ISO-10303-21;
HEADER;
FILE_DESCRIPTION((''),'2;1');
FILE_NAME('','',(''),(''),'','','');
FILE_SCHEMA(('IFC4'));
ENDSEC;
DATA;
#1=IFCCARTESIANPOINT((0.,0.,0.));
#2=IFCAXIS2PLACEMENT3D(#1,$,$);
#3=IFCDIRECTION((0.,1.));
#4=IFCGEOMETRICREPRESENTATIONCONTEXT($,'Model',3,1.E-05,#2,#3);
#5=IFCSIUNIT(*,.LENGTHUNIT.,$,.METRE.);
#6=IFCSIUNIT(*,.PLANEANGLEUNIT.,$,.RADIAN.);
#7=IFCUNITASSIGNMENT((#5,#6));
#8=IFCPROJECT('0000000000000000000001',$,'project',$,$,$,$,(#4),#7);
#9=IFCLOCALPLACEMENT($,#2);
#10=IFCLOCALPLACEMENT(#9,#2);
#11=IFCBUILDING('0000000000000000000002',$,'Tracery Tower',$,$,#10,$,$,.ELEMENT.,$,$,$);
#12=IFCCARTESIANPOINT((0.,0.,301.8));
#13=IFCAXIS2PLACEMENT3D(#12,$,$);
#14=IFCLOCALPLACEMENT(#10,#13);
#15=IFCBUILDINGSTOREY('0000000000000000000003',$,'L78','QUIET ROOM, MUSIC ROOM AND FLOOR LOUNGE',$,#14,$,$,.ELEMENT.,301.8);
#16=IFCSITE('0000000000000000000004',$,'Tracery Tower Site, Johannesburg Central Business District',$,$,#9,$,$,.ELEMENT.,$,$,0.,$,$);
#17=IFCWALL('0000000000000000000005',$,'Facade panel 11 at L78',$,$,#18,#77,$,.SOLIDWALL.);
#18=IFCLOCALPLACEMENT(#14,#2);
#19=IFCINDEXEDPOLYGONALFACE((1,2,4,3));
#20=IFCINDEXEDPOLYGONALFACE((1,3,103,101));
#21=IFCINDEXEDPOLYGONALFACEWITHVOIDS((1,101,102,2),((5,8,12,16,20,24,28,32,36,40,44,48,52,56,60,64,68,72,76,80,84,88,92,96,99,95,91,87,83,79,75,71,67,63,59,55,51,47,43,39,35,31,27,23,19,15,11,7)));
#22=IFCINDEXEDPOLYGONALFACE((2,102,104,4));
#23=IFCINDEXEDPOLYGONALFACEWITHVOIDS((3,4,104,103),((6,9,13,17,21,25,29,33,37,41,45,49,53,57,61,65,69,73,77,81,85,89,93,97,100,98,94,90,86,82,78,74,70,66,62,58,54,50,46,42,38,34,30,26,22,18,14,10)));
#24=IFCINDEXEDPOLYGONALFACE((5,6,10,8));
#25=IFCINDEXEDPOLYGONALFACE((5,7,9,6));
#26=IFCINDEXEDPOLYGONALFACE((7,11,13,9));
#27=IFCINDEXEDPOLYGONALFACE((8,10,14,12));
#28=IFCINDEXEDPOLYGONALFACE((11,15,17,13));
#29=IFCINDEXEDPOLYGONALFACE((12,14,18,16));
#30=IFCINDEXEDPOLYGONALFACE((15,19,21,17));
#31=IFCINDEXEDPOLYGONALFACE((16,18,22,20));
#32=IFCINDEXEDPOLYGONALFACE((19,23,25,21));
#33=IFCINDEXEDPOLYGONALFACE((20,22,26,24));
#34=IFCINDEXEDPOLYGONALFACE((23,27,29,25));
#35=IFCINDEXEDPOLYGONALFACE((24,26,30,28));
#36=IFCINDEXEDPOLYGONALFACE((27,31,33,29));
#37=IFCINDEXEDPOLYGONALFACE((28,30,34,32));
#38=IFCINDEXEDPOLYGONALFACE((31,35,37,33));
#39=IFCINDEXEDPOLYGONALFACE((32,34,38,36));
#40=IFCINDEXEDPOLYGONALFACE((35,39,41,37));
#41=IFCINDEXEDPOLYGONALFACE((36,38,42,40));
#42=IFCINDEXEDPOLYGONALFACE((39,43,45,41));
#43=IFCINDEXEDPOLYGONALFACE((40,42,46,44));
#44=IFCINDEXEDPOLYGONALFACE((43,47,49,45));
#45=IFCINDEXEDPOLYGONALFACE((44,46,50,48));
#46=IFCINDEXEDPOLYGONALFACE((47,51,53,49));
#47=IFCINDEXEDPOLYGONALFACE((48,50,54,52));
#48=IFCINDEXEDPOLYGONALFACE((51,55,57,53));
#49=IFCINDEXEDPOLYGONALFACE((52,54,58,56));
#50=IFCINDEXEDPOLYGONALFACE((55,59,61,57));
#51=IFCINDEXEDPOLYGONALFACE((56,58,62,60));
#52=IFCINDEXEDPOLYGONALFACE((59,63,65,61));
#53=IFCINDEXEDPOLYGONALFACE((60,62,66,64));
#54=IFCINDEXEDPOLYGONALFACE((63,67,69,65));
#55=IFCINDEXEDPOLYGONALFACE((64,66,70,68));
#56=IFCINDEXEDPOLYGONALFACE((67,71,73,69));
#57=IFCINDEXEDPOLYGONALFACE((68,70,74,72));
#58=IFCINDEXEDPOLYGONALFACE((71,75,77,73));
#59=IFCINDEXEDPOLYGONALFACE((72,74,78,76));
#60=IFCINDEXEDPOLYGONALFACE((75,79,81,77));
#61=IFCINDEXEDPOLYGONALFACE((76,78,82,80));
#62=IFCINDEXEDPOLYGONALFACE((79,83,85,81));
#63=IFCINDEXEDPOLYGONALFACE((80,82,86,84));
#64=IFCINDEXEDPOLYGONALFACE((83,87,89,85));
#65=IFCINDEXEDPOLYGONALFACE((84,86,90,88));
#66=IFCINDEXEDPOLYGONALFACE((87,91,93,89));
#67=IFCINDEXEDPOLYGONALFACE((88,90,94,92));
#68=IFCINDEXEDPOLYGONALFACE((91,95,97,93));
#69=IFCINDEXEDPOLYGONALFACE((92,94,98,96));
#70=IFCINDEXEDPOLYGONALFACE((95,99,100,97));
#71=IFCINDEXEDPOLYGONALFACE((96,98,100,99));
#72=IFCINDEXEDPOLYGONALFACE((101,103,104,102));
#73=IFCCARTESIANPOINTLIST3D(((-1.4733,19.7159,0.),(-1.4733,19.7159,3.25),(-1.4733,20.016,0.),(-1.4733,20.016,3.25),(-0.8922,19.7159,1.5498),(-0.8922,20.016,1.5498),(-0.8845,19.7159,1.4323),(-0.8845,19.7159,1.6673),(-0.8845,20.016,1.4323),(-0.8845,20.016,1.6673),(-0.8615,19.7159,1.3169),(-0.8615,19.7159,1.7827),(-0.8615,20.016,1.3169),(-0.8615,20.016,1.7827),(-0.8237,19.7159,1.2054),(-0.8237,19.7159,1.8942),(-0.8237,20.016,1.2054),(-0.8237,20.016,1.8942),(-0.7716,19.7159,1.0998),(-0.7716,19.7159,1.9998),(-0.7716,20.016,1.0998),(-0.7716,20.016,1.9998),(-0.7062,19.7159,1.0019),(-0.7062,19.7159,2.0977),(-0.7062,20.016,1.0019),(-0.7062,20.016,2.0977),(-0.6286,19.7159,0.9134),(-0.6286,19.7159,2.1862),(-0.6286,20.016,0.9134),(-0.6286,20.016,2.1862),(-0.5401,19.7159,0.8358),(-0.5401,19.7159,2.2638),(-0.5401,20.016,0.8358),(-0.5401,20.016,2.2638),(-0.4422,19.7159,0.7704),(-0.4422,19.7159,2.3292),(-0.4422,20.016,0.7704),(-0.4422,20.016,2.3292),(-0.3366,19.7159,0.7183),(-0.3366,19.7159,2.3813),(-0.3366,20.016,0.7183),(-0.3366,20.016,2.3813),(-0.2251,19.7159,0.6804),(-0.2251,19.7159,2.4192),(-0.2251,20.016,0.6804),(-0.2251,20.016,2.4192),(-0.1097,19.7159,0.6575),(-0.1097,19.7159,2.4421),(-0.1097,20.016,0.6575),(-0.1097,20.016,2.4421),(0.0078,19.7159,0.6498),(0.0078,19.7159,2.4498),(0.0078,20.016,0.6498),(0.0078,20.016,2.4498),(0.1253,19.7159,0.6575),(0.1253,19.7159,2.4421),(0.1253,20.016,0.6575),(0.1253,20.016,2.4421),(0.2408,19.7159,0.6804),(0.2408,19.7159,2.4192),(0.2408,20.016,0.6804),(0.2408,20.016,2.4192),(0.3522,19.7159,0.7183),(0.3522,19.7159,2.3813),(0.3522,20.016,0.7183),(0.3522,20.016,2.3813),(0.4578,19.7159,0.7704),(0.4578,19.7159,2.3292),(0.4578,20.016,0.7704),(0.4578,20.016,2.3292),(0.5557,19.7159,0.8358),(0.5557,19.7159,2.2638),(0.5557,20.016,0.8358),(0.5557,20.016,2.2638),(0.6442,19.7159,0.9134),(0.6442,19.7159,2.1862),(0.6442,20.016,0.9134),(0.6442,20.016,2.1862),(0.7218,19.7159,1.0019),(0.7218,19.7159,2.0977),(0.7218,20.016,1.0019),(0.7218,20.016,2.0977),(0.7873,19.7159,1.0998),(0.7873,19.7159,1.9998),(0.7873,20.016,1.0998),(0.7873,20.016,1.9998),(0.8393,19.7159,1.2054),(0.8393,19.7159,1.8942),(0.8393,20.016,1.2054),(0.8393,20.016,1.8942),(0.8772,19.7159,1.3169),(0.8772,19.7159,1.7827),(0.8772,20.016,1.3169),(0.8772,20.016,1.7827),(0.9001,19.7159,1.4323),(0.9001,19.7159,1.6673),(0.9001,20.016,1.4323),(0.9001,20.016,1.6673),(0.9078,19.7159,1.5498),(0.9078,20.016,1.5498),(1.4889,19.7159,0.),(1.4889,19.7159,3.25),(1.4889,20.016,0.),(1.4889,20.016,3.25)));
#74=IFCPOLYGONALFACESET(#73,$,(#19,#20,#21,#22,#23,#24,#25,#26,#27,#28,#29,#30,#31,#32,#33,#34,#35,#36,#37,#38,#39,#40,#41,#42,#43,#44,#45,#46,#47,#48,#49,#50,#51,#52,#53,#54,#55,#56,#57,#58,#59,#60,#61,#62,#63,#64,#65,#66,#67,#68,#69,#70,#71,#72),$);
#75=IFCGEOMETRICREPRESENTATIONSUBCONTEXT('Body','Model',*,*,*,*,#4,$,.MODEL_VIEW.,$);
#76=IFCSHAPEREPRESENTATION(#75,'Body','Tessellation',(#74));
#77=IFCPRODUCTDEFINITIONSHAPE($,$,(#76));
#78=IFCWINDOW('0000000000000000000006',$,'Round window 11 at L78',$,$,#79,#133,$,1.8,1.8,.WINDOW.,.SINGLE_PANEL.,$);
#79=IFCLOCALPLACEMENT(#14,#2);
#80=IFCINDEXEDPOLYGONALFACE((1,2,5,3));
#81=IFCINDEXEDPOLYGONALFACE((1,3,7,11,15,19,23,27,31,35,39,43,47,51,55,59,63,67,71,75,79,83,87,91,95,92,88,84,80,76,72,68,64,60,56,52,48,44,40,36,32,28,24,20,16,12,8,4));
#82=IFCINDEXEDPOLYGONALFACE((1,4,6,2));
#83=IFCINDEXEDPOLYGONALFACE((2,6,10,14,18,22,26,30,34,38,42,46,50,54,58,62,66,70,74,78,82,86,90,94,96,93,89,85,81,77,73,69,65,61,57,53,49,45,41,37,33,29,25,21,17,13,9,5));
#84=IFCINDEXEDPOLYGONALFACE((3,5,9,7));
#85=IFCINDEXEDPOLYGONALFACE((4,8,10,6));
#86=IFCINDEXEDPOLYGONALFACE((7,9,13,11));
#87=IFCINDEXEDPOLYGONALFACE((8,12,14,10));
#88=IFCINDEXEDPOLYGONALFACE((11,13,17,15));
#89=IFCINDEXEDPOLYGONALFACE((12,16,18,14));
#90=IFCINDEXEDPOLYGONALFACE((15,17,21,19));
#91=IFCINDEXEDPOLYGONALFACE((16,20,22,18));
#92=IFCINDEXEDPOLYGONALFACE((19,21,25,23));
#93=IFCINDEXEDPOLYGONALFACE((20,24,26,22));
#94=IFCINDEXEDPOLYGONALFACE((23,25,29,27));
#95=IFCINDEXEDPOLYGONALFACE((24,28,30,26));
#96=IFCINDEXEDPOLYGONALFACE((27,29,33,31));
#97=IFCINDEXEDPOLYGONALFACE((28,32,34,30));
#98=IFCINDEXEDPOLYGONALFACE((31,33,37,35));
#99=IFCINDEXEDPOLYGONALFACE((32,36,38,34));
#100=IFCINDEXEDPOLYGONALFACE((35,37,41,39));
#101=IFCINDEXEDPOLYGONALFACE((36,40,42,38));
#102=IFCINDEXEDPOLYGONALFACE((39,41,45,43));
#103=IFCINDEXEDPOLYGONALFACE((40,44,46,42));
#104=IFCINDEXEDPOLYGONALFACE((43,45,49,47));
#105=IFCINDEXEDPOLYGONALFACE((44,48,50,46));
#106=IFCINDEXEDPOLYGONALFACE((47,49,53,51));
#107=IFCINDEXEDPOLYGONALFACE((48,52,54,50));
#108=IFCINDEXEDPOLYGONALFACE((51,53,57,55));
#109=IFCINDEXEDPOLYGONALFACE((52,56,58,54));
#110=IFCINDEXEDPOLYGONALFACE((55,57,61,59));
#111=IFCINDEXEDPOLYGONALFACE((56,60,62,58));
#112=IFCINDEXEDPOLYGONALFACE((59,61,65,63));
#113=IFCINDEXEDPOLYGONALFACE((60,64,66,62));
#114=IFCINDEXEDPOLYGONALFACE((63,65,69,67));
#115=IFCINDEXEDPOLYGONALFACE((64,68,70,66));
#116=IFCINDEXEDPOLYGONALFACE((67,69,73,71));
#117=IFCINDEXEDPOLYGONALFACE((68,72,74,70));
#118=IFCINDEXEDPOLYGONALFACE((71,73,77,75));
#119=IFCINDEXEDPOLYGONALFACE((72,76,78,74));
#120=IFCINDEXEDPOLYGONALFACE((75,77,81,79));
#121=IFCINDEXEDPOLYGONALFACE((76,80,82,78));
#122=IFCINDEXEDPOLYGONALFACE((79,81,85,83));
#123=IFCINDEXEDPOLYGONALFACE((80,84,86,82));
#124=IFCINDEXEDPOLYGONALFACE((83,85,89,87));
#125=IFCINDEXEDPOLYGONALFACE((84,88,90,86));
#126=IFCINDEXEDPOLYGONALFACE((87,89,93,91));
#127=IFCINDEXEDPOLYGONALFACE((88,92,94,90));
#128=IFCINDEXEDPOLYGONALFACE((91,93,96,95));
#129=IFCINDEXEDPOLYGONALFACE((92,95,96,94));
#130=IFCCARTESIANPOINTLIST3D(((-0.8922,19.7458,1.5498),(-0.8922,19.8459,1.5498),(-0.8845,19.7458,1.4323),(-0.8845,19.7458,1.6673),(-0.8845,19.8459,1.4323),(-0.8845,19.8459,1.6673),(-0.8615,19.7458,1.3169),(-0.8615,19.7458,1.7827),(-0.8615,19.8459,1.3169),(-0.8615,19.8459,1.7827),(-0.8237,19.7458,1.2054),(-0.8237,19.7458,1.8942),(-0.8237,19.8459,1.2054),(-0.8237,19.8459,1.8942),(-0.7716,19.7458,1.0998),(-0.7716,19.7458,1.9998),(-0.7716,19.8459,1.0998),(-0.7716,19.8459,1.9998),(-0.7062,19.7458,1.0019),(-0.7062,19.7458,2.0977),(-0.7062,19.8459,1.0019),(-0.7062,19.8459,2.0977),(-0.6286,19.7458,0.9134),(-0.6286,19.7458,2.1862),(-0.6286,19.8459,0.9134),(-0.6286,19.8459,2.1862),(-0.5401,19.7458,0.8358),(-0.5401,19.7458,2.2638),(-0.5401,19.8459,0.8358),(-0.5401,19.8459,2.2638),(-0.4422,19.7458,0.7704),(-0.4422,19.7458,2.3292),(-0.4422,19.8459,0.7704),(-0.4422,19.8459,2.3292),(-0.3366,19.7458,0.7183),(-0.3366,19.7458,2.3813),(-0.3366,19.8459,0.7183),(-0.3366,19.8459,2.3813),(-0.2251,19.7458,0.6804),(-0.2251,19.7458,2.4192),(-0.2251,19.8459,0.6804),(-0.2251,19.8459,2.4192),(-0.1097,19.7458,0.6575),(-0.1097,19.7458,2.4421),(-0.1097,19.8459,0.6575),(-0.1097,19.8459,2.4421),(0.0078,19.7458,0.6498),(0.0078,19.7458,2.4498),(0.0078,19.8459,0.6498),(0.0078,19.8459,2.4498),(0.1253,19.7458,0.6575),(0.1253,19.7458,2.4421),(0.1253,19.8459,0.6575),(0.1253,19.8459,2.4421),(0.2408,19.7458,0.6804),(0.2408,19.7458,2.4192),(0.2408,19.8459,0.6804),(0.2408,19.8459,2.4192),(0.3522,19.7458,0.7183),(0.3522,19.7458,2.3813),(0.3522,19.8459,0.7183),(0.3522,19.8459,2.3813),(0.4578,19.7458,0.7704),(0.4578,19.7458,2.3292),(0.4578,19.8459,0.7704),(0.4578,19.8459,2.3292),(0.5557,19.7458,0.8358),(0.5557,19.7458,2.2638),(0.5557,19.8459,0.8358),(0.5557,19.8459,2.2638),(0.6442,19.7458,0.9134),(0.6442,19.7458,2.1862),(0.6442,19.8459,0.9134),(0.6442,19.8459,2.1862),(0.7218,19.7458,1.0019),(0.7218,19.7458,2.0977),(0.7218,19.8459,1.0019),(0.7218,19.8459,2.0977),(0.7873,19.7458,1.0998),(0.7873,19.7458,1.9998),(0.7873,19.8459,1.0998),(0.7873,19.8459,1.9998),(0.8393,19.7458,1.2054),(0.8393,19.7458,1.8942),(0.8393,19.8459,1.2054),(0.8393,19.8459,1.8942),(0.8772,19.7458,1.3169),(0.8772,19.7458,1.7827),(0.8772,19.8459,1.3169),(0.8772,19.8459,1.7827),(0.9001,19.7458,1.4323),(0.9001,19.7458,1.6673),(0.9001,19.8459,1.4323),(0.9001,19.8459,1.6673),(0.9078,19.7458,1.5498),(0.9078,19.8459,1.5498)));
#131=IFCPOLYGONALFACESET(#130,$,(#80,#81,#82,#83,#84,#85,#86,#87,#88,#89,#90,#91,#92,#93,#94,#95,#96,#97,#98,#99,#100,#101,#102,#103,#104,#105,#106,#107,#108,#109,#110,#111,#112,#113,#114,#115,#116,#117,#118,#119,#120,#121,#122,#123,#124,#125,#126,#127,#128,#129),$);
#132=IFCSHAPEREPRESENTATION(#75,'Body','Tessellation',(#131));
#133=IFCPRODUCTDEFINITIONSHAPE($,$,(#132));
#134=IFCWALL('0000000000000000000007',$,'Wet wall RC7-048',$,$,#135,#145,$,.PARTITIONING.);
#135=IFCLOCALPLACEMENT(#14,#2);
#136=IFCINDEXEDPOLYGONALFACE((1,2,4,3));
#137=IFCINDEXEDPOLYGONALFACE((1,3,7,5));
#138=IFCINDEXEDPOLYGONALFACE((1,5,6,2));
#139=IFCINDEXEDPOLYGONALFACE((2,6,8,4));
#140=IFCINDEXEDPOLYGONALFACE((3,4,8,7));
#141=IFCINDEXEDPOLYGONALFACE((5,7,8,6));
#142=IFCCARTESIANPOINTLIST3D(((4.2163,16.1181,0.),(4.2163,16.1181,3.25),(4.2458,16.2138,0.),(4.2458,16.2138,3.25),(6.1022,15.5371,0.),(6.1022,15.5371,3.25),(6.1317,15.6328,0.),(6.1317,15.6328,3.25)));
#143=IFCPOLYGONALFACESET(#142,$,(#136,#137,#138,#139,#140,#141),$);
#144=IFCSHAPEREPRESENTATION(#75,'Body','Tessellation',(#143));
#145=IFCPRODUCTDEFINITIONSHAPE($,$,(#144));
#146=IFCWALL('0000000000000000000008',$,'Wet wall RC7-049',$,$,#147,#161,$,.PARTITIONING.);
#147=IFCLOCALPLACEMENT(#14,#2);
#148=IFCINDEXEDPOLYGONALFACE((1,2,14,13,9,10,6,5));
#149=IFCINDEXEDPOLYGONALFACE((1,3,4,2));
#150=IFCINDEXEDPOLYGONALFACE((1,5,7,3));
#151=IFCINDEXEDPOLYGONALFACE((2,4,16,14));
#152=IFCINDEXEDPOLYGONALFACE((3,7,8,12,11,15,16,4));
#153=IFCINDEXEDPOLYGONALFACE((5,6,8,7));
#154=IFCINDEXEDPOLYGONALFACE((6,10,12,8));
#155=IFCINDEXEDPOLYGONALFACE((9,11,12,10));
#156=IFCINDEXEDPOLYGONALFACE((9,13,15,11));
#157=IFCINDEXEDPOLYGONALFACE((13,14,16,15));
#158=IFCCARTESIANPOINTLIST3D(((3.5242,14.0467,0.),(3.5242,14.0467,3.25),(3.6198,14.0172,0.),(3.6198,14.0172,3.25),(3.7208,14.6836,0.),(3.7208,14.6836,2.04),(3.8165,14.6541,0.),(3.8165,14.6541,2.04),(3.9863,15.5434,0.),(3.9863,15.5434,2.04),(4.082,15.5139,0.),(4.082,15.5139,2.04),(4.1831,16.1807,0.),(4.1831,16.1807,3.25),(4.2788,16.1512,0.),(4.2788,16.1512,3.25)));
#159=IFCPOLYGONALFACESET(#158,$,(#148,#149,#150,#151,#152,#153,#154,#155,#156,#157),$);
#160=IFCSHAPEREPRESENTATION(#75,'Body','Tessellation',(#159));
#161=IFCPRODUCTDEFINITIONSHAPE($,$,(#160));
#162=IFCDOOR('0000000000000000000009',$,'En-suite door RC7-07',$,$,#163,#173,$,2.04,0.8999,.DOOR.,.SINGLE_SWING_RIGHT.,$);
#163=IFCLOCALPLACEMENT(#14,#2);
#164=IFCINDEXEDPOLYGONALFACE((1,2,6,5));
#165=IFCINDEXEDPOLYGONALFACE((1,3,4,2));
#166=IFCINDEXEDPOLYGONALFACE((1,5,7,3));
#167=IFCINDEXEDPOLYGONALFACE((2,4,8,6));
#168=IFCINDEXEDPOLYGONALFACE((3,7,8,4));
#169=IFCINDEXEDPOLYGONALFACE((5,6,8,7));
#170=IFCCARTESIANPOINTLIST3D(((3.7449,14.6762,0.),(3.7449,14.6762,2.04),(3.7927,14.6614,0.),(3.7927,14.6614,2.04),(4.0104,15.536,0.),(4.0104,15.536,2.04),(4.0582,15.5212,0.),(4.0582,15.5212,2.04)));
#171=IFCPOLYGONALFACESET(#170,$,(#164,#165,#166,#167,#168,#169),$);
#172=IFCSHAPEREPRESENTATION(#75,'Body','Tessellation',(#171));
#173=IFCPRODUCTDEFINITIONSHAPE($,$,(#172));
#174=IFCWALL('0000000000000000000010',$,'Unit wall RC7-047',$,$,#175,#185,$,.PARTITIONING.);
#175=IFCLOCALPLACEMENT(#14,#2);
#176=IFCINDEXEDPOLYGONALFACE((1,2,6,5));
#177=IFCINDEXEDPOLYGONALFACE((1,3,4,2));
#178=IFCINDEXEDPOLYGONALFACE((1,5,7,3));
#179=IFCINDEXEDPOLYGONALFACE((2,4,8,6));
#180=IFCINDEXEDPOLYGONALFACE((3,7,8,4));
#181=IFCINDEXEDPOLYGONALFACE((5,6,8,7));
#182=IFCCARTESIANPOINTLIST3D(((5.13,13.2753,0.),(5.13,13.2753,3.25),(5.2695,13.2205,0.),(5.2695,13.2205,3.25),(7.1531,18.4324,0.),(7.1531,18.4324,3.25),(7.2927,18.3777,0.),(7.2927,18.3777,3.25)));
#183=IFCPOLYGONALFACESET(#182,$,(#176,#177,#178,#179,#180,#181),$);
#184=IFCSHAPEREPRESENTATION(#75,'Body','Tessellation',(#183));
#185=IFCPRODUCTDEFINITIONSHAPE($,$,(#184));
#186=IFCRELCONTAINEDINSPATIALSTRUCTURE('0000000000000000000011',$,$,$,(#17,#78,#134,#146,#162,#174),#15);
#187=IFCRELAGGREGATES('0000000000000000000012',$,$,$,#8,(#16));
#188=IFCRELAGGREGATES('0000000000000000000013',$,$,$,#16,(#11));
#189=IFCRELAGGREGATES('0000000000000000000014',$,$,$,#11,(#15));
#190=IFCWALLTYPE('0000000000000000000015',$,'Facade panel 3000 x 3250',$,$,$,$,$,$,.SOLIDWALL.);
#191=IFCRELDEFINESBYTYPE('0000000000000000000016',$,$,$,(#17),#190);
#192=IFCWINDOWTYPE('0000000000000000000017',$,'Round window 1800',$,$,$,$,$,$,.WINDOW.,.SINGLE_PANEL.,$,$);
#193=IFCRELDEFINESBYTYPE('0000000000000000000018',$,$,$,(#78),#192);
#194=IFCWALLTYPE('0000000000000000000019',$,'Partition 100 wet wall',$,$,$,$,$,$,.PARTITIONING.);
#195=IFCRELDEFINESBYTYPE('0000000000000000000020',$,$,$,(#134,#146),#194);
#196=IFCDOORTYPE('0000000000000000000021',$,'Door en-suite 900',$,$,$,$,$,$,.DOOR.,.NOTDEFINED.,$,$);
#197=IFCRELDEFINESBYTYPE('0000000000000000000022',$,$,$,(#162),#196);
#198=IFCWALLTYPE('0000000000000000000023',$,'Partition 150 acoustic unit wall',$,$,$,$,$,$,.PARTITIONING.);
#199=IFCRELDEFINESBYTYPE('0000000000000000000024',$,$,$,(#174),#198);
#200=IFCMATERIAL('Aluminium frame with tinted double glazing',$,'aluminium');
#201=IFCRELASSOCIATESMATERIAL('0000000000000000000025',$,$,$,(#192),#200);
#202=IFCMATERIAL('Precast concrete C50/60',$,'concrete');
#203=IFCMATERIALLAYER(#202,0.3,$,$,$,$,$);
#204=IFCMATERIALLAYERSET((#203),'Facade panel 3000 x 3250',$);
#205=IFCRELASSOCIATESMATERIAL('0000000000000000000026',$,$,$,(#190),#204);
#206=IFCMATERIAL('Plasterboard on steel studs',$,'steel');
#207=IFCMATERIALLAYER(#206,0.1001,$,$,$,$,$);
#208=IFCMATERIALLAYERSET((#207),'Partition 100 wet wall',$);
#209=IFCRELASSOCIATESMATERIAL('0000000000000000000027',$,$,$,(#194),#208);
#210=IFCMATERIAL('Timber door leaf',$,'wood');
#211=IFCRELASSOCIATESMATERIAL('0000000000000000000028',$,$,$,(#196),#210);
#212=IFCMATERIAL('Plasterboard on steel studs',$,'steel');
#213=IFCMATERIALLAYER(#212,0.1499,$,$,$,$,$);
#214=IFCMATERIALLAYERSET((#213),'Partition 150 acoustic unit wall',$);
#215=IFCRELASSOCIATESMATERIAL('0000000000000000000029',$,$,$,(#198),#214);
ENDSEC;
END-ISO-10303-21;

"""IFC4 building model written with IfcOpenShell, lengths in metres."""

from ifc_helpers import new_model, si_unit, direction, frame, frame_2d, origin, origin_2d, place, context, subcontext, project, spatial, rectangle, circle, extrude, material, layer, layer_set, type_object, element, fill, save


model = new_model("IFC4")

# Units and contexts
model_context = context("Model", 3, precision=1e-05, world=origin(), true_north=direction((0.0, 1.0)))
body_context = subcontext(model_context, "Body", "Model", "MODEL_VIEW")
ifc_project = project(units=[si_unit("LENGTHUNIT", "METRE"), si_unit("PLANEANGLEUNIT", "RADIAN")], contexts=[model_context])

# Site, building, storey
site_placement = place(None, origin())
site = spatial("IfcSite", under=ifc_project, at=site_placement, Name="Tracery Tower Site, Johannesburg Central Business District", CompositionType="ELEMENT", RefElevation=0.0)
building_placement = place(site_placement, origin())
building = spatial("IfcBuilding", under=site, at=building_placement, Name="Tracery Tower", CompositionType="ELEMENT")
storey_placement = place(building_placement, frame((0.0, 0.0, 301.8)))
storey = spatial("IfcBuildingStorey", under=building, at=storey_placement, Name="L78", Description="QUIET ROOM, MUSIC ROOM AND FLOOR LOUNGE", CompositionType="ELEMENT", Elevation=301.8)

# Wall, opening, window
ifc_material_1 = material(Name="Aluminium frame with tinted double glazing", Category="aluminium")
window_type = type_object("IfcWindowType", Name="Round window 1800", PartitioningType="SINGLE_PANEL", PredefinedType="WINDOW", material=ifc_material_1)
ifc_material_2 = material(Name="Precast concrete C50/60", Category="concrete")
ifc_layer_1 = layer(ifc_material_2, 0.3)
ifc_layer_set_1 = layer_set([ifc_layer_1], Name="Facade panel 3000 x 3250")
wall_type_1 = type_object("IfcWallType", Name="Facade panel 3000 x 3250", PredefinedType="SOLIDWALL", material=ifc_layer_set_1)
wall_1_placement = place(storey_placement, frame((1.4888, 19.866, 0.0), z_axis=(0.0, 0.0, 1.0), x_axis=(-1.0, 0.0, 0.0)))
wall_1 = element("IfcWall", 1, at=wall_1_placement, inside=storey, type_object=wall_type_1, Name="Facade panel 11 at L78", PredefinedType="SOLIDWALL", context=body_context, shape_type="SweptSolid", body=[
    extrude(rectangle(XDim=2.9622, YDim=0.3, at=frame_2d((1.481, 0.0))), origin(), (0.0, 0.0, 1.0), 3.25),
])
opening_1_placement = place(wall_1_placement, frame((1.481, 0.0, 1.5498)))
opening_1 = element("IfcOpeningElement", 2, at=opening_1_placement, cuts=wall_1, PredefinedType="OPENING", context=body_context, shape_type="SweptSolid", body=[
    extrude(circle(Radius=0.9, at=origin_2d()), frame((0.0, 0.1599, 0.0), z_axis=(0.0, -1.0, 0.0), x_axis=(1.0, 0.0, 0.0)), (0.0, 0.0, 1.0), 0.3201),
])
window_1_placement = place(opening_1_placement, origin())
window_1 = element("IfcWindow", 3, at=window_1_placement, inside=storey, type_object=window_type, Name="Round window 11 at L78", OverallHeight=1.8, OverallWidth=1.8, PartitioningType="SINGLE_PANEL", PredefinedType="WINDOW", context=body_context, shape_type="SweptSolid", body=[
    extrude(circle(Radius=0.9, at=origin_2d()), frame((0.0, 0.1201, 0.0), z_axis=(0.0, -1.0, 0.0), x_axis=(1.0, 0.0, 0.0)), (0.0, 0.0, 1.0), 0.1001),
])
fill(opening_1, window_1)

# Wall
ifc_material_3 = material(Name="Plasterboard on steel studs", Category="steel")
ifc_layer_2 = layer(ifc_material_3, 0.1001)
ifc_layer_set_2 = layer_set([ifc_layer_2], Name="Partition 100 wet wall")
wall_type_2 = type_object("IfcWallType", Name="Partition 100 wet wall", PredefinedType="PARTITIONING", material=ifc_layer_set_2)
wall_2_placement = place(storey_placement, frame((4.231, 16.166, 0.0), z_axis=(0.0, 0.0, 1.0), x_axis=(0.955672, -0.294434, 0.0)))
element("IfcWall", 4, at=wall_2_placement, inside=storey, type_object=wall_type_2, Name="Wet wall RC7-048", PredefinedType="PARTITIONING", context=body_context, shape_type="SweptSolid", body=[
    extrude(rectangle(XDim=1.9734, YDim=0.1001, at=frame_2d((0.9868, 0.0))), origin(), (0.0, 0.0, 1.0), 3.25),
])

# Wall, opening, door
wall_3_placement = place(storey_placement, frame((3.572, 14.032, 0.0), z_axis=(0.0, 0.0, 1.0), x_axis=(0.295031, 0.955488, 0.0)))
wall_3 = element("IfcWall", 5, at=wall_3_placement, inside=storey, type_object=wall_type_2, Name="Wet wall RC7-049", PredefinedType="PARTITIONING", context=body_context, shape_type="SweptSolid", body=[
    extrude(rectangle(XDim=2.2334, YDim=0.1001, at=frame_2d((1.1167, 0.0))), origin(), (0.0, 0.0, 1.0), 3.25),
])
opening_2_placement = place(wall_3_placement, frame((0.6665, 0.0, 0.0)))
opening_2 = element("IfcOpeningElement", 6, at=opening_2_placement, cuts=wall_3, PredefinedType="OPENING", context=body_context, shape_type="SweptSolid", body=[
    extrude(rectangle(XDim=0.8999, YDim=2.04, at=frame_2d((0.45, 1.02))), frame((0.0, 0.05, 0.0), z_axis=(0.0, -1.0, 0.0), x_axis=(1.0, 0.0, 0.0)), (0.0, 0.0, 1.0), 0.1001),
])
ifc_material_4 = material(Name="Timber door leaf", Category="wood")
door_type_1 = type_object("IfcDoorType", Name="Door en-suite 900", OperationType="NOTDEFINED", PredefinedType="DOOR", material=ifc_material_4)
door_1_placement = place(opening_2_placement, origin())
door_1 = element("IfcDoor", 7, at=door_1_placement, inside=storey, type_object=door_type_1, Name="En-suite door RC7-07", OperationType="SINGLE_SWING_RIGHT", OverallHeight=2.04, OverallWidth=0.8999, PredefinedType="DOOR", context=body_context, shape_type="SweptSolid", body=[
    extrude(rectangle(XDim=0.8999, YDim=2.04, at=frame_2d((0.45, 1.02))), frame((0.0, 0.0249, 0.0), z_axis=(0.0, -1.0, 0.0), x_axis=(1.0, 0.0, 0.0)), (0.0, 0.0, 1.0), 0.05),
])
fill(opening_2, door_1)

# Wall
ifc_material_5 = material(Name="Plasterboard on steel studs", Category="steel")
ifc_layer_3 = layer(ifc_material_5, 0.1499)
ifc_layer_set_3 = layer_set([ifc_layer_3], Name="Partition 150 acoustic unit wall")
wall_type_3 = type_object("IfcWallType", Name="Partition 150 acoustic unit wall", PredefinedType="PARTITIONING", material=ifc_layer_set_3)
wall_4_placement = place(storey_placement, frame((5.1997, 13.2478, 0.0), z_axis=(0.0, 0.0, 1.0), x_axis=(0.365205, 0.930927, 0.0)))
element("IfcWall", 8, at=wall_4_placement, inside=storey, type_object=wall_type_3, Name="Unit wall RC7-047", PredefinedType="PARTITIONING", context=body_context, shape_type="SweptSolid", body=[
    extrude(rectangle(XDim=5.5398, YDim=0.1499, at=frame_2d((2.77, 0.0))), origin(), (0.0, 0.0, 1.0), 3.25),
])

save(model, "model.ifc")
